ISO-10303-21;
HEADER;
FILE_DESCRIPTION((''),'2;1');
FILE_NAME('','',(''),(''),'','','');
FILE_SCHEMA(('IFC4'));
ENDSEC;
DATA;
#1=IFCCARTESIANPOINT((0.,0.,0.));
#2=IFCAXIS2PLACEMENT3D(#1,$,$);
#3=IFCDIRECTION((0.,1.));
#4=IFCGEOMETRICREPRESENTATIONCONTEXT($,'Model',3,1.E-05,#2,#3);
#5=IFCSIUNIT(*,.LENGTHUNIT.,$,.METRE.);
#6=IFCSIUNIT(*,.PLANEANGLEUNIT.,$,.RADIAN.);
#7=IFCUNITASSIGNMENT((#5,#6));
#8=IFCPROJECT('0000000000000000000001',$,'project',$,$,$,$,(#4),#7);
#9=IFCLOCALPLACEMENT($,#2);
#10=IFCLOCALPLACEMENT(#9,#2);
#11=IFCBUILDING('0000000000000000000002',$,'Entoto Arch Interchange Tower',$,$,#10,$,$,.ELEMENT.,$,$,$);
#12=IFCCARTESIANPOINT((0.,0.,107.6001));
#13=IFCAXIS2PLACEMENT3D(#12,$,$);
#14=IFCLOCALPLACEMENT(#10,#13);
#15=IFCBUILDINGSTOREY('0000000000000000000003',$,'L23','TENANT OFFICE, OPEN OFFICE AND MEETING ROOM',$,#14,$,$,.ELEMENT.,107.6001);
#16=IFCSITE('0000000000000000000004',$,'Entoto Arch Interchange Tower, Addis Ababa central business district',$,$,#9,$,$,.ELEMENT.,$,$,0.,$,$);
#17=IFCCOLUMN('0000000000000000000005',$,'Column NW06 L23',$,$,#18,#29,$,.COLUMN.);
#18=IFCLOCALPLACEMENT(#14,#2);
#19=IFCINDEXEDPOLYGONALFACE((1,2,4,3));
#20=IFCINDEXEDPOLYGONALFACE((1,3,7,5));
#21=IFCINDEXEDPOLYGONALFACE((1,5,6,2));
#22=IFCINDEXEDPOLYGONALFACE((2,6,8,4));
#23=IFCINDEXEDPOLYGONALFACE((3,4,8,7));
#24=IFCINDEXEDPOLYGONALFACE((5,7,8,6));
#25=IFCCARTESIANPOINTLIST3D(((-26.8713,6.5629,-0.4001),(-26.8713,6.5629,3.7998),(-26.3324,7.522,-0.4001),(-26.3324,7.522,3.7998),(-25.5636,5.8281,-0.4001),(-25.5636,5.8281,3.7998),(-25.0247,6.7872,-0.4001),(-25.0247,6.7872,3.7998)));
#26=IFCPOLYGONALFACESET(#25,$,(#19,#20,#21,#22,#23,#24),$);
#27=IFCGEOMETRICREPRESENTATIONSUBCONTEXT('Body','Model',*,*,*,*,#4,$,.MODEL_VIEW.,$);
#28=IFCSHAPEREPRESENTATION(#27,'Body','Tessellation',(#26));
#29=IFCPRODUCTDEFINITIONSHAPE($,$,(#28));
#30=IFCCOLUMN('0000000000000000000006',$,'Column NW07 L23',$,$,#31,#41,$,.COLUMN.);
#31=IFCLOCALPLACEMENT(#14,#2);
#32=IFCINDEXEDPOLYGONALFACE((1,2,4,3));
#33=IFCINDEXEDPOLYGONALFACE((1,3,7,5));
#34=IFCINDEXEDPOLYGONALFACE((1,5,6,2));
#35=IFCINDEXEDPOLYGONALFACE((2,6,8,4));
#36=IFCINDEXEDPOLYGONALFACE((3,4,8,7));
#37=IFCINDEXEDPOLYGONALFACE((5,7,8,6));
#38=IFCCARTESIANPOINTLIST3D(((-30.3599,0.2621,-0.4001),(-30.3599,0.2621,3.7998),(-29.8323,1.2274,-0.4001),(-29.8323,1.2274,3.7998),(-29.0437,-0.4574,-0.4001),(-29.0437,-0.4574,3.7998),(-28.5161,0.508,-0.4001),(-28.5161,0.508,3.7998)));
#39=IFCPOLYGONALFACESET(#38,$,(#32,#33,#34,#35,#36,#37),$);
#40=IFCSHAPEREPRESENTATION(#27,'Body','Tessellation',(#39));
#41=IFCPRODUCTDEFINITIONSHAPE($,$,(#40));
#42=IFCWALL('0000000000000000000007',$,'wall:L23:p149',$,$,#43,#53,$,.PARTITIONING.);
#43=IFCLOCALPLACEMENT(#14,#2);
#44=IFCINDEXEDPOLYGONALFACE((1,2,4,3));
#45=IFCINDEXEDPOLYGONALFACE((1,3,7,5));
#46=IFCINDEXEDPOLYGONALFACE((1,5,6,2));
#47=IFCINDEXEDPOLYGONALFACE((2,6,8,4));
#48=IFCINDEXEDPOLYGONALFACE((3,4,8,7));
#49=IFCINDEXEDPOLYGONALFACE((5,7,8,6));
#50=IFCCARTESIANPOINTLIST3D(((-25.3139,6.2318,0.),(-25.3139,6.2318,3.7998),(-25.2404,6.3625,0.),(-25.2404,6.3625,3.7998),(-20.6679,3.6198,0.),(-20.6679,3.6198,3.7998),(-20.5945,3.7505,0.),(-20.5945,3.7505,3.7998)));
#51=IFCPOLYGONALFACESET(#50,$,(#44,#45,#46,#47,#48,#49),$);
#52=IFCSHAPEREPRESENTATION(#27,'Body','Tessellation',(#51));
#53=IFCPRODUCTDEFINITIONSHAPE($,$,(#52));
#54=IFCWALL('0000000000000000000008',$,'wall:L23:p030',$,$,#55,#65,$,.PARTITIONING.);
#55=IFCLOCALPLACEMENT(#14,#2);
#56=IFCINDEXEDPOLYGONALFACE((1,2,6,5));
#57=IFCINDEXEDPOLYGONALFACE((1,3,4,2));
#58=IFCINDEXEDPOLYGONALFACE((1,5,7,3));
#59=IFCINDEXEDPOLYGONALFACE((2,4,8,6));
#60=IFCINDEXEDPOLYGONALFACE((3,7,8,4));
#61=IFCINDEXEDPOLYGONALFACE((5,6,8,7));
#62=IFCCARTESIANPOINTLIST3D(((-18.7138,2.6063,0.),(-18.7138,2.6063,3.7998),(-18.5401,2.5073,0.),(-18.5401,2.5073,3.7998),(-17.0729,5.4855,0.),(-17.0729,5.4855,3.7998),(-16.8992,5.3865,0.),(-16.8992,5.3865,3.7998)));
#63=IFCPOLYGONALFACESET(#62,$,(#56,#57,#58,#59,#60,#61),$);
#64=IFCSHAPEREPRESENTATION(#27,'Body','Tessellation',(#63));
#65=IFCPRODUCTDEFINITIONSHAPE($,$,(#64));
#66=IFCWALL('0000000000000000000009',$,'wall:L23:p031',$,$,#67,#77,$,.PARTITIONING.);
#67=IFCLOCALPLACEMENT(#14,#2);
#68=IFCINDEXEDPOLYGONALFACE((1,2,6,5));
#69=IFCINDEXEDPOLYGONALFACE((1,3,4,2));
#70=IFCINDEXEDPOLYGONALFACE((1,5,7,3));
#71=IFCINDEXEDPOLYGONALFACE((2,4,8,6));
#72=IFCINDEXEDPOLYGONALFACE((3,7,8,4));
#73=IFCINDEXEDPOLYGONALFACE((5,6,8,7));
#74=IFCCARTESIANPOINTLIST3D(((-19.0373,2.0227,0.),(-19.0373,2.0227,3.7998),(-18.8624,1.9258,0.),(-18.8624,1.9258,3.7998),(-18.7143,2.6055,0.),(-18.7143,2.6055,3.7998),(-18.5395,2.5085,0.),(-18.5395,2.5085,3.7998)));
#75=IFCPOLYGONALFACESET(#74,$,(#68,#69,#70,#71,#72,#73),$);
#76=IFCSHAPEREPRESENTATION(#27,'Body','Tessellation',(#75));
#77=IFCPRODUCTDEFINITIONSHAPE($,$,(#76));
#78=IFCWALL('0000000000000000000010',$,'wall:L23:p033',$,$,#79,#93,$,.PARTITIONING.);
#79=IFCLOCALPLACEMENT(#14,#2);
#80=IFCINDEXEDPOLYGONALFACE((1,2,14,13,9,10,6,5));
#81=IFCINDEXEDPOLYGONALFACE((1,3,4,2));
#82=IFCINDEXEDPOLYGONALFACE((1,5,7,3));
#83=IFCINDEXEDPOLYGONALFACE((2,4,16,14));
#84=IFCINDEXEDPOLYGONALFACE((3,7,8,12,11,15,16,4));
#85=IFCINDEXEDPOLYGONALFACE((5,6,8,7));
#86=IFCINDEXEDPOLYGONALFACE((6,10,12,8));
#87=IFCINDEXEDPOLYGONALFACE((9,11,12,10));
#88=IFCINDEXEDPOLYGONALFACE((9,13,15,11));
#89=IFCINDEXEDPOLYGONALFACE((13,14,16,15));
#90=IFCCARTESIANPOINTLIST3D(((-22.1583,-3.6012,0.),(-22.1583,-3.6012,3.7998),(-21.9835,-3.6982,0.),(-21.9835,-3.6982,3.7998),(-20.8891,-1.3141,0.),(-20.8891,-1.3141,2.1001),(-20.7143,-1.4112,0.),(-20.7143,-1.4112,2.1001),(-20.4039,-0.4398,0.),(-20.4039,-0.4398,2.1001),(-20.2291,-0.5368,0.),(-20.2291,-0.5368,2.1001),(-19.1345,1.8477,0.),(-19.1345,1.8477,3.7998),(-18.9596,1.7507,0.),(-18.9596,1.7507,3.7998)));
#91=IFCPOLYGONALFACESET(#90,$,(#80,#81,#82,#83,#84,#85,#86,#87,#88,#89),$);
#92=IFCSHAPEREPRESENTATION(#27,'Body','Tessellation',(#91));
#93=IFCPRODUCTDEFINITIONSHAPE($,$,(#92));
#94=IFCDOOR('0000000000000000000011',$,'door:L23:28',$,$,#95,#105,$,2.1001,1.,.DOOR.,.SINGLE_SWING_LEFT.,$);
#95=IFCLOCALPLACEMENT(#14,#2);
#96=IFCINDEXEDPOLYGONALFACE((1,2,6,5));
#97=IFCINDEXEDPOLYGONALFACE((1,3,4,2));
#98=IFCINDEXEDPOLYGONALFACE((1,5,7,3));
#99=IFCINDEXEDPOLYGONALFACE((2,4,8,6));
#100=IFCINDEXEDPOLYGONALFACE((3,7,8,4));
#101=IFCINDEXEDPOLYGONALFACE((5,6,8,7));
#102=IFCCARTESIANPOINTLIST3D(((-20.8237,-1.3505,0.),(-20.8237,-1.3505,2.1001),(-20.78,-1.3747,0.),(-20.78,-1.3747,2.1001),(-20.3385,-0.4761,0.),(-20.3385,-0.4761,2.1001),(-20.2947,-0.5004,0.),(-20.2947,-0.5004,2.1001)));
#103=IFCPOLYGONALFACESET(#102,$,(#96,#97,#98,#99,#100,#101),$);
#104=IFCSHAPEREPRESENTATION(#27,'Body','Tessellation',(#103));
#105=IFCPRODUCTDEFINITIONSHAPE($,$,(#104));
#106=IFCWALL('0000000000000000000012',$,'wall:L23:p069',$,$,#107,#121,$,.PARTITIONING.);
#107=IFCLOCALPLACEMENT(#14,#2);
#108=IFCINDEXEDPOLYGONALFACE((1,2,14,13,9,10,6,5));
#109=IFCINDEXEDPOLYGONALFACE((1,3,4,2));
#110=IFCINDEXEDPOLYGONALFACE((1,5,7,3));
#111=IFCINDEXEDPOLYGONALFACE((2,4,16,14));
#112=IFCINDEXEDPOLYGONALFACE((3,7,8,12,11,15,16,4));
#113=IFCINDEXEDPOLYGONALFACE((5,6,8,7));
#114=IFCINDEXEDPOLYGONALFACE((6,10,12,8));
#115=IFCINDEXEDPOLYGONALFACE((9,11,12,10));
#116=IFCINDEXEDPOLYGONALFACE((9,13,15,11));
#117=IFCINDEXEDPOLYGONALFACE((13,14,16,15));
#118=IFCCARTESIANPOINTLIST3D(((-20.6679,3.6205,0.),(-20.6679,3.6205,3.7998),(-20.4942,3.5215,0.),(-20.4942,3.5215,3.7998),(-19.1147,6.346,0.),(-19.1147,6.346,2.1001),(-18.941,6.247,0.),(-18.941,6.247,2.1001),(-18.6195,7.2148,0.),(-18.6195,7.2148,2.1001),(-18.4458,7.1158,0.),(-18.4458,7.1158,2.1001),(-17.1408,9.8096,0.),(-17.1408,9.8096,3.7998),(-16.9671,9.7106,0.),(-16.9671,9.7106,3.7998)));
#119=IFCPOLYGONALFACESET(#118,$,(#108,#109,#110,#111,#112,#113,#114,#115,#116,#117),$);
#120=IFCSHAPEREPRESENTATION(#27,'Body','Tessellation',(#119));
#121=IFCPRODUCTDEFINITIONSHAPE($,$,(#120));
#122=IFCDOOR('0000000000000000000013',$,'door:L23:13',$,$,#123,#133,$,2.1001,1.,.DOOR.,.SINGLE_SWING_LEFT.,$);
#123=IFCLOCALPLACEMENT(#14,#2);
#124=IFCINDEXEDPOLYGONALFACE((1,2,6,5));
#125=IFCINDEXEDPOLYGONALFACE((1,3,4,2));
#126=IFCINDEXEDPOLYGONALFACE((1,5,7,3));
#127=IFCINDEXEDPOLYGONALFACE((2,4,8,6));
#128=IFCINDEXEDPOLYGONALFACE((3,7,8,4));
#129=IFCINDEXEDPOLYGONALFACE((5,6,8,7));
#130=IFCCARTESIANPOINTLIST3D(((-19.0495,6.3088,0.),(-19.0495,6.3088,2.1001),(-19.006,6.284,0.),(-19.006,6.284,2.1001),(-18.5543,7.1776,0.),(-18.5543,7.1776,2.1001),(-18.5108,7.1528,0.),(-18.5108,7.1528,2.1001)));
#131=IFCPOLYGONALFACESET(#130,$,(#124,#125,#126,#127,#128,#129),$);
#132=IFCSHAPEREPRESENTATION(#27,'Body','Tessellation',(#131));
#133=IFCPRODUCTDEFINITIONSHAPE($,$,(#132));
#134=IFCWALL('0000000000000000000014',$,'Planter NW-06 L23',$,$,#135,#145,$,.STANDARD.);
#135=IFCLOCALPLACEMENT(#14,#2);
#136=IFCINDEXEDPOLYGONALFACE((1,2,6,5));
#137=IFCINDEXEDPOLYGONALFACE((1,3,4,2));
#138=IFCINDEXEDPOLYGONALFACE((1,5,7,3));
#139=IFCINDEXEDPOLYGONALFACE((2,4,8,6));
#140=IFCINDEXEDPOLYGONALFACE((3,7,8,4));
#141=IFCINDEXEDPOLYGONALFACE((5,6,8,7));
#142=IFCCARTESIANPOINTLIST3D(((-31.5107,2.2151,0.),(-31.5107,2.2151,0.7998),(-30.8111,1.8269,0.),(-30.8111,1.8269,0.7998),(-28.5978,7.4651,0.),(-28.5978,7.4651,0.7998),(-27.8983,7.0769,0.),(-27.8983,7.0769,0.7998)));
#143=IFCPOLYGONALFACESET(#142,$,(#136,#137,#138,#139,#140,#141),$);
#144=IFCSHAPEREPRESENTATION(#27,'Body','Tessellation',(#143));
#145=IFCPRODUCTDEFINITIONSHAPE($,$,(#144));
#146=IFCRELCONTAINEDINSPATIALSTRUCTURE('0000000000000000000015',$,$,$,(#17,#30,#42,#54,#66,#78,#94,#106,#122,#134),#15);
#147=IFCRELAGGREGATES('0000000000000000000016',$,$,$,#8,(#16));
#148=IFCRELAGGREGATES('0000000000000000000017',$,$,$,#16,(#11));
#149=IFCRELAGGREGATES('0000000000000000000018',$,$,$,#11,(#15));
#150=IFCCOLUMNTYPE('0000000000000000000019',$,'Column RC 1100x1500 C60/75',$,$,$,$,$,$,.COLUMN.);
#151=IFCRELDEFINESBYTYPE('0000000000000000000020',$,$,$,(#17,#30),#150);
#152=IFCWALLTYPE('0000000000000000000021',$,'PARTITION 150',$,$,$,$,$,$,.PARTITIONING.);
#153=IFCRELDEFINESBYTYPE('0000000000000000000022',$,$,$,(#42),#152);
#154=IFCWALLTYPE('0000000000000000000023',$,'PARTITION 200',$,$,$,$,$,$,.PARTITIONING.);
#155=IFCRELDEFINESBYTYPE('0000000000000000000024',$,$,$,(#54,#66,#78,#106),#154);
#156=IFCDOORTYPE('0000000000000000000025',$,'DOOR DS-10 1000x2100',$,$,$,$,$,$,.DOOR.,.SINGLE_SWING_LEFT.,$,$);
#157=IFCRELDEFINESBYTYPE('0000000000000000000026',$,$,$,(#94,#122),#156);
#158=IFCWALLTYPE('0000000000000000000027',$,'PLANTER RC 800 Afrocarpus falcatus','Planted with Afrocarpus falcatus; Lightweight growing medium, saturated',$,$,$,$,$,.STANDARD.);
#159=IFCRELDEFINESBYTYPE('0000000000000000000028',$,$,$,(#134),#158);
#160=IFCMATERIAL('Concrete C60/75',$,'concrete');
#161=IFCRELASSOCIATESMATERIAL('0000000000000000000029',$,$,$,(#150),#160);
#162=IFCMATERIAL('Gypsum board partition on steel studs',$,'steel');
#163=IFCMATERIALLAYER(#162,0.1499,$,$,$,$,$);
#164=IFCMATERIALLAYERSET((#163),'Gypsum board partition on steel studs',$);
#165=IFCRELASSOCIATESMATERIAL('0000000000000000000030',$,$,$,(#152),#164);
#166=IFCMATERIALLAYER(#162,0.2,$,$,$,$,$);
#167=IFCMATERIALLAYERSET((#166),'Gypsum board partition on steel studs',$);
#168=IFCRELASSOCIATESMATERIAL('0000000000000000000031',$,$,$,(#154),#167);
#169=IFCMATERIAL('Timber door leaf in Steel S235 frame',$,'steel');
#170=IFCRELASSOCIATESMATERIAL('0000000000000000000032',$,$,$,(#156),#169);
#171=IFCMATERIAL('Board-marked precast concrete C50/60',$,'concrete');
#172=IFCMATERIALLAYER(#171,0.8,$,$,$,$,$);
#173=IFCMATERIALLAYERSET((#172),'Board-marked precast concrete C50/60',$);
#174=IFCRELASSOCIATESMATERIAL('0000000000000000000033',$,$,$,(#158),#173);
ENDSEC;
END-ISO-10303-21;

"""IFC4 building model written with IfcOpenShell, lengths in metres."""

from ifc_helpers import new_model, si_unit, direction, frame, frame_2d, origin, origin_2d, place, context, subcontext, project, spatial, rectangle, extrude, material, layer, layer_set, material_profile, profile_set, type_object, element, fill, save


model = new_model("IFC4")

# Units and contexts
model_context = context("Model", 3, precision=1e-05, world=origin(), true_north=direction((0.0, 1.0)))
body_context = subcontext(model_context, "Body", "Model", "MODEL_VIEW")
ifc_project = project(units=[si_unit("LENGTHUNIT", "METRE"), si_unit("PLANEANGLEUNIT", "RADIAN")], contexts=[model_context])

# Site, building, storey
site_placement = place(None, origin())
site = spatial("IfcSite", under=ifc_project, at=site_placement, Name="Entoto Arch Interchange Tower, Addis Ababa central business district", CompositionType="ELEMENT", RefElevation=0.0)
building_placement = place(site_placement, origin())
building = spatial("IfcBuilding", under=site, at=building_placement, Name="Entoto Arch Interchange Tower", CompositionType="ELEMENT")
storey_placement = place(building_placement, frame((0.0, 0.0, 107.6001)))
storey = spatial("IfcBuildingStorey", under=building, at=storey_placement, Name="L23", Description="TENANT OFFICE, OPEN OFFICE AND MEETING ROOM", CompositionType="ELEMENT", Elevation=107.6001)

# Columns
ifc_material_1 = material(Name="Concrete C60/75", Category="concrete")
ifc_material_profile = material_profile(ifc_material_1, rectangle(XDim=1.1001, YDim=1.5, at=origin_2d()))
ifc_profile_set = profile_set([ifc_material_profile], Name="Concrete C60/75")
column_type = type_object("IfcColumnType", Name="Column RC 1100x1500 C60/75", PredefinedType="COLUMN", material=ifc_profile_set)
for number, where, z_axis, x_axis, name in (
    (1, (-25.948, 6.675, -0.4001), (0.0, 0.0, 1.0), (0.489839, 0.871813, 0.0), "Column NW06 L23"),
    (2, (-29.438, 0.385, -0.4001), (0.0, 0.0, 1.0), (0.479611, 0.877481, 0.0), "Column NW07 L23"),
):
    element("IfcColumn", number, at=place(storey_placement, frame(where, z_axis=z_axis, x_axis=x_axis)), inside=storey, type_object=column_type, Name=name, PredefinedType="COLUMN", context=body_context, shape_type="SweptSolid", body=[
        extrude(rectangle(XDim=1.1001, YDim=1.5, at=origin_2d()), origin(), (0.0, 0.0, 1.0), 4.2),
    ])

# Walls
ifc_material_2 = material(Name="Gypsum board partition on steel studs", Category="steel")
ifc_layer_1 = layer(ifc_material_2, 0.1499)
ifc_layer_set_1 = layer_set([ifc_layer_1], Name="Gypsum board partition on steel studs")
wall_type_1 = type_object("IfcWallType", Name="PARTITION 150", PredefinedType="PARTITIONING", material=ifc_layer_set_1)
wall_1_placement = place(storey_placement, frame((-20.6311, 3.6851, 0.0), z_axis=(0.0, 0.0, 1.0), x_axis=(-0.871681, 0.490074, 0.0)))
element("IfcWall", 3, at=wall_1_placement, inside=storey, type_object=wall_type_1, Name="wall:L23:p149", PredefinedType="PARTITIONING", context=body_context, shape_type="SweptSolid", body=[
    extrude(rectangle(XDim=5.3298, YDim=0.1499, at=frame_2d((2.665, 0.0))), origin(), (0.0, 0.0, 1.0), 3.7998),
])
ifc_layer_2 = layer(ifc_material_2, 0.2)
ifc_layer_set_2 = layer_set([ifc_layer_2], Name="Gypsum board partition on steel studs")
wall_type_2 = type_object("IfcWallType", Name="PARTITION 200", PredefinedType="PARTITIONING", material=ifc_layer_set_2)
wall_2_placement = place(storey_placement, frame((-16.9861, 5.436, 0.0), z_axis=(0.0, 0.0, 1.0), x_axis=(-0.495147, -0.868809, 0.0)))
element("IfcWall", 4, at=wall_2_placement, inside=storey, type_object=wall_type_2, Name="wall:L23:p030", PredefinedType="PARTITIONING", context=body_context, shape_type="SweptSolid", body=[
    extrude(rectangle(XDim=3.314, YDim=0.2, at=frame_2d((1.657, 0.0))), origin(), (0.0, 0.0, 1.0), 3.7998),
])
wall_3_placement = place(storey_placement, frame((-18.627, 2.5569, 0.0), z_axis=(0.0, 0.0, 1.0), x_axis=(-0.484772, -0.874641, 0.0)))
element("IfcWall", 5, at=wall_3_placement, inside=storey, type_object=wall_type_2, Name="wall:L23:p031", PredefinedType="PARTITIONING", context=body_context, shape_type="SweptSolid", body=[
    extrude(rectangle(XDim=0.6663, YDim=0.2, at=frame_2d((0.333, 0.0))), origin(), (0.0, 0.0, 1.0), 3.7998),
])

# Walls, openings, doors
wall_4_placement = place(storey_placement, frame((-19.0471, 1.7991, 0.0), z_axis=(0.0, 0.0, 1.0), x_axis=(-0.48524, -0.874381, 0.0)))
wall_4 = element("IfcWall", 6, at=wall_4_placement, inside=storey, type_object=wall_type_2, Name="wall:L23:p033", PredefinedType="PARTITIONING", context=body_context, shape_type="SweptSolid", body=[
    extrude(rectangle(XDim=6.2317, YDim=0.2, at=frame_2d((3.1157, 0.0))), origin(), (0.0, 0.0, 1.0), 3.7998),
])
opening_1_placement = place(wall_4_placement, frame((2.616, 0.0, 0.0)))
opening_1 = element("IfcOpeningElement", 7, at=opening_1_placement, cuts=wall_4, PredefinedType="OPENING", context=body_context, shape_type="SweptSolid", body=[
    extrude(rectangle(XDim=1.0, YDim=2.1001, at=frame_2d((0.5, 1.05))), frame((0.0, 0.1099, 0.0), z_axis=(0.0, -1.0, 0.0), x_axis=(1.0, 0.0, 0.0)), (0.0, 0.0, 1.0), 0.22),
])
ifc_material_3 = material(Name="Timber door leaf in Steel S235 frame", Category="steel")
door_type_1 = type_object("IfcDoorType", Name="DOOR DS-10 1000x2100", OperationType="SINGLE_SWING_LEFT", PredefinedType="DOOR", material=ifc_material_3)
door_1_placement = place(opening_1_placement, origin())
door_1 = element("IfcDoor", 8, at=door_1_placement, inside=storey, type_object=door_type_1, Name="door:L23:28", OperationType="SINGLE_SWING_LEFT", OverallHeight=2.1001, OverallWidth=1.0, PredefinedType="DOOR", context=body_context, shape_type="SweptSolid", body=[
    extrude(rectangle(XDim=1.0, YDim=2.1001, at=frame_2d((0.5, 1.05))), frame((0.0, 0.0249, 0.0), z_axis=(0.0, -1.0, 0.0), x_axis=(1.0, 0.0, 0.0)), (0.0, 0.0, 1.0), 0.05),
])
fill(opening_1, door_1)
wall_5_placement = place(storey_placement, frame((-20.5811, 3.571, 0.0), z_axis=(0.0, 0.0, 1.0), x_axis=(0.495138, 0.868814, 0.0)))
wall_5 = element("IfcWall", 9, at=wall_5_placement, inside=storey, type_object=wall_type_2, Name="wall:L23:p069", PredefinedType="PARTITIONING", context=body_context, shape_type="SweptSolid", body=[
    extrude(rectangle(XDim=7.1235, YDim=0.2, at=frame_2d((3.5618, 0.0))), origin(), (0.0, 0.0, 1.0), 3.7998),
])
opening_2_placement = place(wall_5_placement, frame((3.137, 0.0, 0.0)))
opening_2 = element("IfcOpeningElement", 10, at=opening_2_placement, cuts=wall_5, PredefinedType="OPENING", context=body_context, shape_type="SweptSolid", body=[
    extrude(rectangle(XDim=1.0, YDim=2.1001, at=frame_2d((0.5, 1.05))), frame((0.0, 0.1099, 0.0), z_axis=(0.0, -1.0, 0.0), x_axis=(1.0, 0.0, 0.0)), (0.0, 0.0, 1.0), 0.22),
])
door_2_placement = place(opening_2_placement, origin())
door_2 = element("IfcDoor", 11, at=door_2_placement, inside=storey, type_object=door_type_1, Name="door:L23:13", OperationType="SINGLE_SWING_LEFT", OverallHeight=2.1001, OverallWidth=1.0, PredefinedType="DOOR", context=body_context, shape_type="SweptSolid", body=[
    extrude(rectangle(XDim=1.0, YDim=2.1001, at=frame_2d((0.5, 1.05))), frame((0.0, 0.0249, 0.0), z_axis=(0.0, -1.0, 0.0), x_axis=(1.0, 0.0, 0.0)), (0.0, 0.0, 1.0), 0.05),
])
fill(opening_2, door_2)

# Wall
ifc_material_4 = material(Name="Board-marked precast concrete C50/60", Category="concrete")
ifc_layer_3 = layer(ifc_material_4, 0.8)
ifc_layer_set_3 = layer_set([ifc_layer_3], Name="Board-marked precast concrete C50/60")
wall_type_3 = type_object("IfcWallType", Name="PLANTER RC 800 Afrocarpus falcatus", Description="Planted with Afrocarpus falcatus; Lightweight growing medium, saturated", PredefinedType="STANDARD", material=ifc_layer_set_3)
wall_6_placement = place(storey_placement, frame((-28.248, 7.271, 0.0), z_axis=(0.0, 0.0, 1.0), x_axis=(-0.485156, -0.874428, 0.0)))
element("IfcWall", 12, at=wall_6_placement, inside=storey, type_object=wall_type_3, Name="Planter NW-06 L23", PredefinedType="STANDARD", context=body_context, shape_type="SweptSolid", body=[
    extrude(rectangle(XDim=6.0039, YDim=0.8, at=frame_2d((3.002, 0.0))), origin(), (0.0, 0.0, 1.0), 0.7998),
])

save(model, "model.ifc")
